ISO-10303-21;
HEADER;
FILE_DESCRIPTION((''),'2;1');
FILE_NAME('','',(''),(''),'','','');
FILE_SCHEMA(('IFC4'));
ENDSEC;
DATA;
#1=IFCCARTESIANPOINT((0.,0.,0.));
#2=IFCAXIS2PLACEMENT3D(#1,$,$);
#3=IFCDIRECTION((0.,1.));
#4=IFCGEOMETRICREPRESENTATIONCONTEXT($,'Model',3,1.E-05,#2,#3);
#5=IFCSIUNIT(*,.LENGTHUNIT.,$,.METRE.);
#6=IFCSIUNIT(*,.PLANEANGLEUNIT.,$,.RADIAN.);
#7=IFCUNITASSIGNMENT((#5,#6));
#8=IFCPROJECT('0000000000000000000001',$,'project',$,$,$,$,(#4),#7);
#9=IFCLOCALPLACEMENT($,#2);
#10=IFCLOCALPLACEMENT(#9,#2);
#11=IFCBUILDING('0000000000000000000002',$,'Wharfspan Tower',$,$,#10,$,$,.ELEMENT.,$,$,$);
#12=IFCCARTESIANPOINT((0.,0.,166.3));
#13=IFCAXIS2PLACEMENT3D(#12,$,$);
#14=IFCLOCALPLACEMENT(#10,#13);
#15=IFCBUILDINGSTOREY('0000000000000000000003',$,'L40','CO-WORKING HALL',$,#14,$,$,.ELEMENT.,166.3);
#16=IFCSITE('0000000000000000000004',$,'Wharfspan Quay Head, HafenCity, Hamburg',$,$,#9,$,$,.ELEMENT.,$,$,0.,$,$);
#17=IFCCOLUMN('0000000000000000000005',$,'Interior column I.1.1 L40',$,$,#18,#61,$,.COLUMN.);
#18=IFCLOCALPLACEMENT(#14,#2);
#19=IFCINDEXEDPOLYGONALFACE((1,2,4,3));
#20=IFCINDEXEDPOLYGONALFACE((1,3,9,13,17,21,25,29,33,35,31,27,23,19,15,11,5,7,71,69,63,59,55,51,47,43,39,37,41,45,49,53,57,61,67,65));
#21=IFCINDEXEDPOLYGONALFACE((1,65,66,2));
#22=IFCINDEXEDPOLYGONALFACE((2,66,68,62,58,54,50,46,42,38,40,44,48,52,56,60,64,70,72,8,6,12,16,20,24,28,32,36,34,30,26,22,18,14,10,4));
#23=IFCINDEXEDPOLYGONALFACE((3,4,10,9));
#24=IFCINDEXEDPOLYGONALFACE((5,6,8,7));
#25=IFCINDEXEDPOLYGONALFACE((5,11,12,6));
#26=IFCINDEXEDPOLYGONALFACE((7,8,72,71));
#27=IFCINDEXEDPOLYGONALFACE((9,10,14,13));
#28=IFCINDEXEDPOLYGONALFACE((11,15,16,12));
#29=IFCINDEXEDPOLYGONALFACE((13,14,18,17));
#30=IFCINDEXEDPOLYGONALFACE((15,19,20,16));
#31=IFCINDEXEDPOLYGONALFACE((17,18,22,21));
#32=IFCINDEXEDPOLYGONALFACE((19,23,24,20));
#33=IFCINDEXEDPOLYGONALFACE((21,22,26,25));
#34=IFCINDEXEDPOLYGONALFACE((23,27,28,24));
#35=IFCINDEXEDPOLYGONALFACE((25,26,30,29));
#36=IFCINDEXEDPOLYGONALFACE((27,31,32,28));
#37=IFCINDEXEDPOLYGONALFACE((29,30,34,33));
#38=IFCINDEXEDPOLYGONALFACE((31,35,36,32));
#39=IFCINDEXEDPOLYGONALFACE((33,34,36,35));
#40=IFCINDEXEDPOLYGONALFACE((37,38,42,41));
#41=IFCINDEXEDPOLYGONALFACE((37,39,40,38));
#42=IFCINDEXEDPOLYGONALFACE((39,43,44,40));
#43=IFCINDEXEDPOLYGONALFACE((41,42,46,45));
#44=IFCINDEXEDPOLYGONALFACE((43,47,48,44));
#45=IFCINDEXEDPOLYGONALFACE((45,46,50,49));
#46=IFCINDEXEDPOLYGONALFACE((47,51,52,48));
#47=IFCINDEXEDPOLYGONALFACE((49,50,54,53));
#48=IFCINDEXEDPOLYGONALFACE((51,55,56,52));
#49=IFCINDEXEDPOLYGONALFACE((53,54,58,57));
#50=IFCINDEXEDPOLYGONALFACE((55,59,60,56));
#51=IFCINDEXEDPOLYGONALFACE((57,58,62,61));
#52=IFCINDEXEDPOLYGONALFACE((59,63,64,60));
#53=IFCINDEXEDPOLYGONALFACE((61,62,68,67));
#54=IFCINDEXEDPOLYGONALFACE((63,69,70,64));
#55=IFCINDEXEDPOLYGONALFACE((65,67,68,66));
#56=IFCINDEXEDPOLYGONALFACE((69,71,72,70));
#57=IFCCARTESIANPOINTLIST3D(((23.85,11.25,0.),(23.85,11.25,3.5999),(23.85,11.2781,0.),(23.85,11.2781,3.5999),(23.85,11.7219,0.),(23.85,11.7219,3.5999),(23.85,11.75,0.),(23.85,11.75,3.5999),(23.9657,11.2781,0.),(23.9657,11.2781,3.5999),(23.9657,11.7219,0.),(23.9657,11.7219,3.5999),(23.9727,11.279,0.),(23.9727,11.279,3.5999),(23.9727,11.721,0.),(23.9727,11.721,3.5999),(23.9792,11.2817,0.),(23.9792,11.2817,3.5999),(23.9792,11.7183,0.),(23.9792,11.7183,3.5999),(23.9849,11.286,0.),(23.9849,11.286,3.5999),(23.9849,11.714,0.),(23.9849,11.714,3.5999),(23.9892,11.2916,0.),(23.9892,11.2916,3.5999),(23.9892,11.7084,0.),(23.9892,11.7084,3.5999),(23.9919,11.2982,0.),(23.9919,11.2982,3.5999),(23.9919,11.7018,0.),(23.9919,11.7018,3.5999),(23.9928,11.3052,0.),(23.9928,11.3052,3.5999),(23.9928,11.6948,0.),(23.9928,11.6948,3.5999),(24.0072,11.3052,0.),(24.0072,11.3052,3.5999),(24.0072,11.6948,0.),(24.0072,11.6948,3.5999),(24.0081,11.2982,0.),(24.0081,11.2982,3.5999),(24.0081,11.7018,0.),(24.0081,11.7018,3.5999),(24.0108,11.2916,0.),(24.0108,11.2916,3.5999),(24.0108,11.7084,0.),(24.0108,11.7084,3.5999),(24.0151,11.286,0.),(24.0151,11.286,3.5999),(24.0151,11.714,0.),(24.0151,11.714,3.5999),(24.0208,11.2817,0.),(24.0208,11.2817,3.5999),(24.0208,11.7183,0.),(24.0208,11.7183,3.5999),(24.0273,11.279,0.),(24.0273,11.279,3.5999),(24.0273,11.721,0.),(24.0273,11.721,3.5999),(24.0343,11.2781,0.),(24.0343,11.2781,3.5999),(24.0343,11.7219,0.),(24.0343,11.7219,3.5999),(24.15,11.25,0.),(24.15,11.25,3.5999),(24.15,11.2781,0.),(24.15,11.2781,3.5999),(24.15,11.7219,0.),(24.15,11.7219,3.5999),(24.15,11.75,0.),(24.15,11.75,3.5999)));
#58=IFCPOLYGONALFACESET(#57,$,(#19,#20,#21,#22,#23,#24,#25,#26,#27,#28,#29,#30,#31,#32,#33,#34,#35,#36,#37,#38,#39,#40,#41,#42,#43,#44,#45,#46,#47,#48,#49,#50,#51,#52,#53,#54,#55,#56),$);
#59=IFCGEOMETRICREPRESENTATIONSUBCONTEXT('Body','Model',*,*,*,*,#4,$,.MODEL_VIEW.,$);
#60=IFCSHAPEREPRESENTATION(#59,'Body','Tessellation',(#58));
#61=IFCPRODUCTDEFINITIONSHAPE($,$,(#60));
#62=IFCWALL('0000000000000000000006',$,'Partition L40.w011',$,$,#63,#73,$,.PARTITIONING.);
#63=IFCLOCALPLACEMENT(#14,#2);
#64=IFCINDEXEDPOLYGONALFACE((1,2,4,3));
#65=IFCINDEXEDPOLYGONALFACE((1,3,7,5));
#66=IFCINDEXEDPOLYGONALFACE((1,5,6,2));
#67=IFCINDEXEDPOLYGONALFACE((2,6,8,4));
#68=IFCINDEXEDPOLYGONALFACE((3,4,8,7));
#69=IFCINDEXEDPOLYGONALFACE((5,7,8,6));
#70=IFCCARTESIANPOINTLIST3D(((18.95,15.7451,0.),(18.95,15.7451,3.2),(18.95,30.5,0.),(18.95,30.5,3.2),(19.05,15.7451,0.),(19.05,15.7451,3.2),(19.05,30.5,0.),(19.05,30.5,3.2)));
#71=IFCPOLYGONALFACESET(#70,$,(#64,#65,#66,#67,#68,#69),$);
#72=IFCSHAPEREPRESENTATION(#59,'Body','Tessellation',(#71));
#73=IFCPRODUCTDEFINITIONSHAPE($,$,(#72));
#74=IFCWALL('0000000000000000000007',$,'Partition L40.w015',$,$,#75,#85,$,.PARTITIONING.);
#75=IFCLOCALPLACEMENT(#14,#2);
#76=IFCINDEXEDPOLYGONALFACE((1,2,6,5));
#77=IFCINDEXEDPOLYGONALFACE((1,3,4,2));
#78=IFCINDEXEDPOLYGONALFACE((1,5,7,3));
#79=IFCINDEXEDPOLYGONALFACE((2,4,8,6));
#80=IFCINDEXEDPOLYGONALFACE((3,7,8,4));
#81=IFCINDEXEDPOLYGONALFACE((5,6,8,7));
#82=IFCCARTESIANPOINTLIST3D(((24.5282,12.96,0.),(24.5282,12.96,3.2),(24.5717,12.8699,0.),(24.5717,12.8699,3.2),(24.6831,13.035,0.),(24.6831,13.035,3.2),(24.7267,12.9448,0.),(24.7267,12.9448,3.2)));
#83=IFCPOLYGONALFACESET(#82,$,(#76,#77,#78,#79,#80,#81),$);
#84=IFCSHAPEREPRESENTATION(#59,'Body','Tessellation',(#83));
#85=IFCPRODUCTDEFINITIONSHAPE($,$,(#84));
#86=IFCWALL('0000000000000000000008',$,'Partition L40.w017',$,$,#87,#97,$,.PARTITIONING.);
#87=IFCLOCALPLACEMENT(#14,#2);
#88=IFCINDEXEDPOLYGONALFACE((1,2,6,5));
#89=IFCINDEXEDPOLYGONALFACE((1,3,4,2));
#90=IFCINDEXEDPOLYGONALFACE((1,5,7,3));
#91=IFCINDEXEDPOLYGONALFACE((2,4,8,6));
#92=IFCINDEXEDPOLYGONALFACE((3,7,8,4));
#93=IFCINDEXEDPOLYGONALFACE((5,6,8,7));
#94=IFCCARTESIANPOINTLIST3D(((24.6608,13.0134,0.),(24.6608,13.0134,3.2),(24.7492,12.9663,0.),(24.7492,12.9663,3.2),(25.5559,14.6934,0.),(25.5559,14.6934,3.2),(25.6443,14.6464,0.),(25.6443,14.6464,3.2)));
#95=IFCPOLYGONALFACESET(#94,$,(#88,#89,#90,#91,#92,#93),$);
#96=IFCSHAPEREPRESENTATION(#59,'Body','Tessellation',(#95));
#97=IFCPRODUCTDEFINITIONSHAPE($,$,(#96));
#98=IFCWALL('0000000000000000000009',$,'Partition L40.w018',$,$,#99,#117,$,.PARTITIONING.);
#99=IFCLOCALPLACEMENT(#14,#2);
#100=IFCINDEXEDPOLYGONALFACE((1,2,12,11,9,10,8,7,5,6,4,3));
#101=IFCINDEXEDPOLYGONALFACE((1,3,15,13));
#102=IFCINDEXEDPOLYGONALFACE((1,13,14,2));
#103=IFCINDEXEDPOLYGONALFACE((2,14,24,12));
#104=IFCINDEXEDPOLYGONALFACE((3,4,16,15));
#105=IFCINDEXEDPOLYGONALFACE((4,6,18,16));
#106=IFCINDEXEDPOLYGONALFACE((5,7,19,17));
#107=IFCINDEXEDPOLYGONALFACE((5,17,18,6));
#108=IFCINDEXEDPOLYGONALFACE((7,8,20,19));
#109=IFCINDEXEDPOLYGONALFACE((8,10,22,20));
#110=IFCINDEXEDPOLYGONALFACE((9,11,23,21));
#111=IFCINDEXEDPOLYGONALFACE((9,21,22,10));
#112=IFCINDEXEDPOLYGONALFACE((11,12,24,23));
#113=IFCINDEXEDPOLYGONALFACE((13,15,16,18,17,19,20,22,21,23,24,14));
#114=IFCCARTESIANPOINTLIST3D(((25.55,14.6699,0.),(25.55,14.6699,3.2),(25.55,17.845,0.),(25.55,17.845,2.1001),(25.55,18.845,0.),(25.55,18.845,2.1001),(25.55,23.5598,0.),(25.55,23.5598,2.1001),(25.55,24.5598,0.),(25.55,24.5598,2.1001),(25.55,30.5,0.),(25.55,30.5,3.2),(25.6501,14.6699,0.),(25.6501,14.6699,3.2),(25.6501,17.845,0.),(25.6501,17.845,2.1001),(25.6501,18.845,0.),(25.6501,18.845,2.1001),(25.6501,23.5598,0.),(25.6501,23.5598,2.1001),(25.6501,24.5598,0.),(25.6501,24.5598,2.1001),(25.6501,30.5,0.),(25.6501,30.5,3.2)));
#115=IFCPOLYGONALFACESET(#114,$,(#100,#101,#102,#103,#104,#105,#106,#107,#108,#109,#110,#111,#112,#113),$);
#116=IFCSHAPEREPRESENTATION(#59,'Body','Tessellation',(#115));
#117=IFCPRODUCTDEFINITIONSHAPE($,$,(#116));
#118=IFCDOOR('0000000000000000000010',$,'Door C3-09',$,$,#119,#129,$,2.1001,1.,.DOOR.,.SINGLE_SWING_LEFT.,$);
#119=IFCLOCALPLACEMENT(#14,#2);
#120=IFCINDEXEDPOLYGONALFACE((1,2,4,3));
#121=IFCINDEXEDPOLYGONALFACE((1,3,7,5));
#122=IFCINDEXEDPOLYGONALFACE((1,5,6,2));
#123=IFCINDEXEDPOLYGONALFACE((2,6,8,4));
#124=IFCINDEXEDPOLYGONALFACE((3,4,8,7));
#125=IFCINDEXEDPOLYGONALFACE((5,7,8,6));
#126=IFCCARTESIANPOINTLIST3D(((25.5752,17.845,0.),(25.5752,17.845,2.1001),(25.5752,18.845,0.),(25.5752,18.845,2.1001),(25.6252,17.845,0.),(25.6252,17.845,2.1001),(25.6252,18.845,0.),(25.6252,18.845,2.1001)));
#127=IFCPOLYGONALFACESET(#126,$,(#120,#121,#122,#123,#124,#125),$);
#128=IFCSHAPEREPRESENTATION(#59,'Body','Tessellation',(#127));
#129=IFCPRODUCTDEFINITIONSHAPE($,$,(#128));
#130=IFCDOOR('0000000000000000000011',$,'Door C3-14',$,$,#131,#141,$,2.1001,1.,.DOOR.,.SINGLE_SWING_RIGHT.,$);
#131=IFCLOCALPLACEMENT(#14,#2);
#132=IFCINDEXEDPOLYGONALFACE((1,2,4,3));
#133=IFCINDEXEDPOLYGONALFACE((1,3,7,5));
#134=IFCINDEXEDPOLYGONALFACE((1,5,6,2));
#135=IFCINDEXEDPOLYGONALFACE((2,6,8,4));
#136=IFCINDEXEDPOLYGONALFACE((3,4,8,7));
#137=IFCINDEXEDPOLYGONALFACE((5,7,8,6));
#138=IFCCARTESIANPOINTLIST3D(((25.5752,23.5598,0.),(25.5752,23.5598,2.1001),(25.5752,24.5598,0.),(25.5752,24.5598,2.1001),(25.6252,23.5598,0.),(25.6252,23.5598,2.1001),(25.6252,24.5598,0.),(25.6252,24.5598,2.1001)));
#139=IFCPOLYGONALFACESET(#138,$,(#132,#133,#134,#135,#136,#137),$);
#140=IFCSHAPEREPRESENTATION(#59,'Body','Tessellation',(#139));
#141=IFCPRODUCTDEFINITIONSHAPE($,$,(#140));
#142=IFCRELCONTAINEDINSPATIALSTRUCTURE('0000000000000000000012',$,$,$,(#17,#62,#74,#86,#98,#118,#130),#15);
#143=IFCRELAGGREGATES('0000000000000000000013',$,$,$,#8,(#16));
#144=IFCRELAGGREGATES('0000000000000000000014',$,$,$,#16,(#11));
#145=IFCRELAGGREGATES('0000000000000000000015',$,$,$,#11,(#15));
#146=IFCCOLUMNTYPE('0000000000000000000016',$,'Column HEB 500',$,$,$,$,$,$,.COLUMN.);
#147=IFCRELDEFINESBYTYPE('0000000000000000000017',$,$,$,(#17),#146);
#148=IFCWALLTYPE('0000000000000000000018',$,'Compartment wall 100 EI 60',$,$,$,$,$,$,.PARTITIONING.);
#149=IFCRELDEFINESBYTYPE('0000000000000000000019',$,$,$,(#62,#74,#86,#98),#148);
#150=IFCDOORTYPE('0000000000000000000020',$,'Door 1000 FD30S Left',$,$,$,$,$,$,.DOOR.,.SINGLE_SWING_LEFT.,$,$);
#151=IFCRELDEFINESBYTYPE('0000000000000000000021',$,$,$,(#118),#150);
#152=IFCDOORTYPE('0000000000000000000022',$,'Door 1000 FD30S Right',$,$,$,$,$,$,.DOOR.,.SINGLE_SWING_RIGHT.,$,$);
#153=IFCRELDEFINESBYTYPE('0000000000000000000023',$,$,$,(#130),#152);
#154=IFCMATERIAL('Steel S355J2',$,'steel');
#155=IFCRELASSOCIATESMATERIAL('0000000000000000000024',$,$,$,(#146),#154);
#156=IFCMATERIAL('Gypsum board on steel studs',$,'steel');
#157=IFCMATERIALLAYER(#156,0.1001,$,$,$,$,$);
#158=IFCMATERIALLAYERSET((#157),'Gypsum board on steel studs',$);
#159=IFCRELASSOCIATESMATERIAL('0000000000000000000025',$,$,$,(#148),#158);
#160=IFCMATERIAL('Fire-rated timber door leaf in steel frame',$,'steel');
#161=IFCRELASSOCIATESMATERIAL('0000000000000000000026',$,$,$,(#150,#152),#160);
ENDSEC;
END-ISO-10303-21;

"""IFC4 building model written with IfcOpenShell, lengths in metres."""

from ifc_helpers import new_model, si_unit, direction, frame, frame_2d, origin, origin_2d, place, context, subcontext, project, spatial, rectangle, i_section, extrude, material, layer, layer_set, material_profile, profile_set, type_object, element, fill, save


model = new_model("IFC4")

# Units and contexts
model_context = context("Model", 3, precision=1e-05, world=origin(), true_north=direction((0.0, 1.0)))
body_context = subcontext(model_context, "Body", "Model", "MODEL_VIEW")
ifc_project = project(units=[si_unit("LENGTHUNIT", "METRE"), si_unit("PLANEANGLEUNIT", "RADIAN")], contexts=[model_context])

# Site, building, storey
site_placement = place(None, origin())
site = spatial("IfcSite", under=ifc_project, at=site_placement, Name="Wharfspan Quay Head, HafenCity, Hamburg", CompositionType="ELEMENT", RefElevation=0.0)
building_placement = place(site_placement, origin())
building = spatial("IfcBuilding", under=site, at=building_placement, Name="Wharfspan Tower", CompositionType="ELEMENT")
storey_placement = place(building_placement, frame((0.0, 0.0, 166.3)))
storey = spatial("IfcBuildingStorey", under=building, at=storey_placement, Name="L40", Description="CO-WORKING HALL", CompositionType="ELEMENT", Elevation=166.3)

# Column
ifc_material_1 = material(Name="Steel S355J2", Category="steel")
ifc_material_profile = material_profile(ifc_material_1, i_section(OverallWidth=0.3, OverallDepth=0.5, WebThickness=0.0144, FlangeThickness=0.0281, FilletRadius=0.0271, at=origin_2d()))
ifc_profile_set = profile_set([ifc_material_profile], Name="Steel S355J2")
column_type = type_object("IfcColumnType", Name="Column HEB 500", PredefinedType="COLUMN", material=ifc_profile_set)
column_placement = place(storey_placement, frame((24.0, 11.5, 0.0), z_axis=(0.0, 0.0, 1.0), x_axis=(1.0, 0.0, 0.0)))
element("IfcColumn", 1, at=column_placement, inside=storey, type_object=column_type, Name="Interior column I.1.1 L40", PredefinedType="COLUMN", context=body_context, shape_type="SweptSolid", body=[
    extrude(i_section(OverallWidth=0.3, OverallDepth=0.5, WebThickness=0.0144, FlangeThickness=0.0281, FilletRadius=0.0271, at=origin_2d()), origin(), (0.0, 0.0, 1.0), 3.5999),
])

# Walls
ifc_material_2 = material(Name="Gypsum board on steel studs", Category="steel")
ifc_layer_1 = layer(ifc_material_2, 0.1001)
ifc_layer_set_1 = layer_set([ifc_layer_1], Name="Gypsum board on steel studs")
wall_type_1 = type_object("IfcWallType", Name="Compartment wall 100 EI 60", PredefinedType="PARTITIONING", material=ifc_layer_set_1)
wall_1_placement = place(storey_placement, frame((19.0, 15.7451, 0.0), z_axis=(0.0, 0.0, 1.0), x_axis=(0.0, 1.0, 0.0)))
element("IfcWall", 2, at=wall_1_placement, inside=storey, type_object=wall_type_1, Name="Partition L40.w011", PredefinedType="PARTITIONING", context=body_context, shape_type="SweptSolid", body=[
    extrude(rectangle(XDim=14.7549, YDim=0.1001, at=frame_2d((7.3774, 0.0))), origin(), (0.0, 0.0, 1.0), 3.2),
])
wall_2_placement = place(storey_placement, frame((24.55, 12.915, 0.0), z_axis=(0.0, 0.0, 1.0), x_axis=(0.900306, 0.435266, 0.0)))
element("IfcWall", 3, at=wall_2_placement, inside=storey, type_object=wall_type_1, Name="Partition L40.w015", PredefinedType="PARTITIONING", context=body_context, shape_type="SweptSolid", body=[
    extrude(rectangle(XDim=0.1721, YDim=0.1001, at=frame_2d((0.0859, 0.0))), origin(), (0.0, 0.0, 1.0), 3.2),
])
wall_3_placement = place(storey_placement, frame((24.7051, 12.99, 0.0), z_axis=(0.0, 0.0, 1.0), x_axis=(0.4702, 0.882555, 0.0)))
element("IfcWall", 4, at=wall_3_placement, inside=storey, type_object=wall_type_1, Name="Partition L40.w017", PredefinedType="PARTITIONING", context=body_context, shape_type="SweptSolid", body=[
    extrude(rectangle(XDim=1.9036, YDim=0.1001, at=frame_2d((0.9517, 0.0))), origin(), (0.0, 0.0, 1.0), 3.2),
])

# Wall, openings, doors
wall_4_placement = place(storey_placement, frame((25.6001, 14.6699, 0.0), z_axis=(0.0, 0.0, 1.0), x_axis=(0.0, 1.0, 0.0)))
wall_4 = element("IfcWall", 5, at=wall_4_placement, inside=storey, type_object=wall_type_1, Name="Partition L40.w018", PredefinedType="PARTITIONING", context=body_context, shape_type="SweptSolid", body=[
    extrude(rectangle(XDim=15.8301, YDim=0.1001, at=frame_2d((7.915, 0.0))), origin(), (0.0, 0.0, 1.0), 3.2),
])
opening_1_placement = place(wall_4_placement, frame((3.175, 0.0, 0.0)))
opening_1 = element("IfcOpeningElement", 6, at=opening_1_placement, cuts=wall_4, PredefinedType="OPENING", context=body_context, shape_type="SweptSolid", body=[
    extrude(rectangle(XDim=1.0, YDim=2.1001, at=frame_2d((0.5, 1.05))), frame((0.0, 0.0601, 0.0), z_axis=(0.0, -1.0, 0.0), x_axis=(1.0, 0.0, 0.0)), (0.0, 0.0, 1.0), 0.1201),
])
opening_2_placement = place(wall_4_placement, frame((8.8899, 0.0, 0.0)))
opening_2 = element("IfcOpeningElement", 7, at=opening_2_placement, cuts=wall_4, PredefinedType="OPENING", context=body_context, shape_type="SweptSolid", body=[
    extrude(rectangle(XDim=1.0, YDim=2.1001, at=frame_2d((0.5, 1.05))), frame((0.0, 0.0601, 0.0), z_axis=(0.0, -1.0, 0.0), x_axis=(1.0, 0.0, 0.0)), (0.0, 0.0, 1.0), 0.1201),
])
ifc_material_3 = material(Name="Fire-rated timber door leaf in steel frame", Category="steel")
door_type_1 = type_object("IfcDoorType", Name="Door 1000 FD30S Left", OperationType="SINGLE_SWING_LEFT", PredefinedType="DOOR", material=ifc_material_3)
door_1_placement = place(opening_1_placement, origin())
door_1 = element("IfcDoor", 8, at=door_1_placement, inside=storey, type_object=door_type_1, Name="Door C3-09", OperationType="SINGLE_SWING_LEFT", OverallHeight=2.1001, OverallWidth=1.0, PredefinedType="DOOR", context=body_context, shape_type="SweptSolid", body=[
    extrude(rectangle(XDim=1.0, YDim=2.1001, at=frame_2d((0.5, 1.05))), frame((0.0, 0.0249, 0.0), z_axis=(0.0, -1.0, 0.0), x_axis=(1.0, 0.0, 0.0)), (0.0, 0.0, 1.0), 0.05),
])
fill(opening_1, door_1)
door_type_2 = type_object("IfcDoorType", Name="Door 1000 FD30S Right", OperationType="SINGLE_SWING_RIGHT", PredefinedType="DOOR", material=ifc_material_3)
door_2_placement = place(opening_2_placement, origin())
door_2 = element("IfcDoor", 9, at=door_2_placement, inside=storey, type_object=door_type_2, Name="Door C3-14", OperationType="SINGLE_SWING_RIGHT", OverallHeight=2.1001, OverallWidth=1.0, PredefinedType="DOOR", context=body_context, shape_type="SweptSolid", body=[
    extrude(rectangle(XDim=1.0, YDim=2.1001, at=frame_2d((0.5, 1.05))), frame((0.0, 0.0249, 0.0), z_axis=(0.0, -1.0, 0.0), x_axis=(1.0, 0.0, 0.0)), (0.0, 0.0, 1.0), 0.05),
])
fill(opening_2, door_2)

save(model, "model.ifc")
